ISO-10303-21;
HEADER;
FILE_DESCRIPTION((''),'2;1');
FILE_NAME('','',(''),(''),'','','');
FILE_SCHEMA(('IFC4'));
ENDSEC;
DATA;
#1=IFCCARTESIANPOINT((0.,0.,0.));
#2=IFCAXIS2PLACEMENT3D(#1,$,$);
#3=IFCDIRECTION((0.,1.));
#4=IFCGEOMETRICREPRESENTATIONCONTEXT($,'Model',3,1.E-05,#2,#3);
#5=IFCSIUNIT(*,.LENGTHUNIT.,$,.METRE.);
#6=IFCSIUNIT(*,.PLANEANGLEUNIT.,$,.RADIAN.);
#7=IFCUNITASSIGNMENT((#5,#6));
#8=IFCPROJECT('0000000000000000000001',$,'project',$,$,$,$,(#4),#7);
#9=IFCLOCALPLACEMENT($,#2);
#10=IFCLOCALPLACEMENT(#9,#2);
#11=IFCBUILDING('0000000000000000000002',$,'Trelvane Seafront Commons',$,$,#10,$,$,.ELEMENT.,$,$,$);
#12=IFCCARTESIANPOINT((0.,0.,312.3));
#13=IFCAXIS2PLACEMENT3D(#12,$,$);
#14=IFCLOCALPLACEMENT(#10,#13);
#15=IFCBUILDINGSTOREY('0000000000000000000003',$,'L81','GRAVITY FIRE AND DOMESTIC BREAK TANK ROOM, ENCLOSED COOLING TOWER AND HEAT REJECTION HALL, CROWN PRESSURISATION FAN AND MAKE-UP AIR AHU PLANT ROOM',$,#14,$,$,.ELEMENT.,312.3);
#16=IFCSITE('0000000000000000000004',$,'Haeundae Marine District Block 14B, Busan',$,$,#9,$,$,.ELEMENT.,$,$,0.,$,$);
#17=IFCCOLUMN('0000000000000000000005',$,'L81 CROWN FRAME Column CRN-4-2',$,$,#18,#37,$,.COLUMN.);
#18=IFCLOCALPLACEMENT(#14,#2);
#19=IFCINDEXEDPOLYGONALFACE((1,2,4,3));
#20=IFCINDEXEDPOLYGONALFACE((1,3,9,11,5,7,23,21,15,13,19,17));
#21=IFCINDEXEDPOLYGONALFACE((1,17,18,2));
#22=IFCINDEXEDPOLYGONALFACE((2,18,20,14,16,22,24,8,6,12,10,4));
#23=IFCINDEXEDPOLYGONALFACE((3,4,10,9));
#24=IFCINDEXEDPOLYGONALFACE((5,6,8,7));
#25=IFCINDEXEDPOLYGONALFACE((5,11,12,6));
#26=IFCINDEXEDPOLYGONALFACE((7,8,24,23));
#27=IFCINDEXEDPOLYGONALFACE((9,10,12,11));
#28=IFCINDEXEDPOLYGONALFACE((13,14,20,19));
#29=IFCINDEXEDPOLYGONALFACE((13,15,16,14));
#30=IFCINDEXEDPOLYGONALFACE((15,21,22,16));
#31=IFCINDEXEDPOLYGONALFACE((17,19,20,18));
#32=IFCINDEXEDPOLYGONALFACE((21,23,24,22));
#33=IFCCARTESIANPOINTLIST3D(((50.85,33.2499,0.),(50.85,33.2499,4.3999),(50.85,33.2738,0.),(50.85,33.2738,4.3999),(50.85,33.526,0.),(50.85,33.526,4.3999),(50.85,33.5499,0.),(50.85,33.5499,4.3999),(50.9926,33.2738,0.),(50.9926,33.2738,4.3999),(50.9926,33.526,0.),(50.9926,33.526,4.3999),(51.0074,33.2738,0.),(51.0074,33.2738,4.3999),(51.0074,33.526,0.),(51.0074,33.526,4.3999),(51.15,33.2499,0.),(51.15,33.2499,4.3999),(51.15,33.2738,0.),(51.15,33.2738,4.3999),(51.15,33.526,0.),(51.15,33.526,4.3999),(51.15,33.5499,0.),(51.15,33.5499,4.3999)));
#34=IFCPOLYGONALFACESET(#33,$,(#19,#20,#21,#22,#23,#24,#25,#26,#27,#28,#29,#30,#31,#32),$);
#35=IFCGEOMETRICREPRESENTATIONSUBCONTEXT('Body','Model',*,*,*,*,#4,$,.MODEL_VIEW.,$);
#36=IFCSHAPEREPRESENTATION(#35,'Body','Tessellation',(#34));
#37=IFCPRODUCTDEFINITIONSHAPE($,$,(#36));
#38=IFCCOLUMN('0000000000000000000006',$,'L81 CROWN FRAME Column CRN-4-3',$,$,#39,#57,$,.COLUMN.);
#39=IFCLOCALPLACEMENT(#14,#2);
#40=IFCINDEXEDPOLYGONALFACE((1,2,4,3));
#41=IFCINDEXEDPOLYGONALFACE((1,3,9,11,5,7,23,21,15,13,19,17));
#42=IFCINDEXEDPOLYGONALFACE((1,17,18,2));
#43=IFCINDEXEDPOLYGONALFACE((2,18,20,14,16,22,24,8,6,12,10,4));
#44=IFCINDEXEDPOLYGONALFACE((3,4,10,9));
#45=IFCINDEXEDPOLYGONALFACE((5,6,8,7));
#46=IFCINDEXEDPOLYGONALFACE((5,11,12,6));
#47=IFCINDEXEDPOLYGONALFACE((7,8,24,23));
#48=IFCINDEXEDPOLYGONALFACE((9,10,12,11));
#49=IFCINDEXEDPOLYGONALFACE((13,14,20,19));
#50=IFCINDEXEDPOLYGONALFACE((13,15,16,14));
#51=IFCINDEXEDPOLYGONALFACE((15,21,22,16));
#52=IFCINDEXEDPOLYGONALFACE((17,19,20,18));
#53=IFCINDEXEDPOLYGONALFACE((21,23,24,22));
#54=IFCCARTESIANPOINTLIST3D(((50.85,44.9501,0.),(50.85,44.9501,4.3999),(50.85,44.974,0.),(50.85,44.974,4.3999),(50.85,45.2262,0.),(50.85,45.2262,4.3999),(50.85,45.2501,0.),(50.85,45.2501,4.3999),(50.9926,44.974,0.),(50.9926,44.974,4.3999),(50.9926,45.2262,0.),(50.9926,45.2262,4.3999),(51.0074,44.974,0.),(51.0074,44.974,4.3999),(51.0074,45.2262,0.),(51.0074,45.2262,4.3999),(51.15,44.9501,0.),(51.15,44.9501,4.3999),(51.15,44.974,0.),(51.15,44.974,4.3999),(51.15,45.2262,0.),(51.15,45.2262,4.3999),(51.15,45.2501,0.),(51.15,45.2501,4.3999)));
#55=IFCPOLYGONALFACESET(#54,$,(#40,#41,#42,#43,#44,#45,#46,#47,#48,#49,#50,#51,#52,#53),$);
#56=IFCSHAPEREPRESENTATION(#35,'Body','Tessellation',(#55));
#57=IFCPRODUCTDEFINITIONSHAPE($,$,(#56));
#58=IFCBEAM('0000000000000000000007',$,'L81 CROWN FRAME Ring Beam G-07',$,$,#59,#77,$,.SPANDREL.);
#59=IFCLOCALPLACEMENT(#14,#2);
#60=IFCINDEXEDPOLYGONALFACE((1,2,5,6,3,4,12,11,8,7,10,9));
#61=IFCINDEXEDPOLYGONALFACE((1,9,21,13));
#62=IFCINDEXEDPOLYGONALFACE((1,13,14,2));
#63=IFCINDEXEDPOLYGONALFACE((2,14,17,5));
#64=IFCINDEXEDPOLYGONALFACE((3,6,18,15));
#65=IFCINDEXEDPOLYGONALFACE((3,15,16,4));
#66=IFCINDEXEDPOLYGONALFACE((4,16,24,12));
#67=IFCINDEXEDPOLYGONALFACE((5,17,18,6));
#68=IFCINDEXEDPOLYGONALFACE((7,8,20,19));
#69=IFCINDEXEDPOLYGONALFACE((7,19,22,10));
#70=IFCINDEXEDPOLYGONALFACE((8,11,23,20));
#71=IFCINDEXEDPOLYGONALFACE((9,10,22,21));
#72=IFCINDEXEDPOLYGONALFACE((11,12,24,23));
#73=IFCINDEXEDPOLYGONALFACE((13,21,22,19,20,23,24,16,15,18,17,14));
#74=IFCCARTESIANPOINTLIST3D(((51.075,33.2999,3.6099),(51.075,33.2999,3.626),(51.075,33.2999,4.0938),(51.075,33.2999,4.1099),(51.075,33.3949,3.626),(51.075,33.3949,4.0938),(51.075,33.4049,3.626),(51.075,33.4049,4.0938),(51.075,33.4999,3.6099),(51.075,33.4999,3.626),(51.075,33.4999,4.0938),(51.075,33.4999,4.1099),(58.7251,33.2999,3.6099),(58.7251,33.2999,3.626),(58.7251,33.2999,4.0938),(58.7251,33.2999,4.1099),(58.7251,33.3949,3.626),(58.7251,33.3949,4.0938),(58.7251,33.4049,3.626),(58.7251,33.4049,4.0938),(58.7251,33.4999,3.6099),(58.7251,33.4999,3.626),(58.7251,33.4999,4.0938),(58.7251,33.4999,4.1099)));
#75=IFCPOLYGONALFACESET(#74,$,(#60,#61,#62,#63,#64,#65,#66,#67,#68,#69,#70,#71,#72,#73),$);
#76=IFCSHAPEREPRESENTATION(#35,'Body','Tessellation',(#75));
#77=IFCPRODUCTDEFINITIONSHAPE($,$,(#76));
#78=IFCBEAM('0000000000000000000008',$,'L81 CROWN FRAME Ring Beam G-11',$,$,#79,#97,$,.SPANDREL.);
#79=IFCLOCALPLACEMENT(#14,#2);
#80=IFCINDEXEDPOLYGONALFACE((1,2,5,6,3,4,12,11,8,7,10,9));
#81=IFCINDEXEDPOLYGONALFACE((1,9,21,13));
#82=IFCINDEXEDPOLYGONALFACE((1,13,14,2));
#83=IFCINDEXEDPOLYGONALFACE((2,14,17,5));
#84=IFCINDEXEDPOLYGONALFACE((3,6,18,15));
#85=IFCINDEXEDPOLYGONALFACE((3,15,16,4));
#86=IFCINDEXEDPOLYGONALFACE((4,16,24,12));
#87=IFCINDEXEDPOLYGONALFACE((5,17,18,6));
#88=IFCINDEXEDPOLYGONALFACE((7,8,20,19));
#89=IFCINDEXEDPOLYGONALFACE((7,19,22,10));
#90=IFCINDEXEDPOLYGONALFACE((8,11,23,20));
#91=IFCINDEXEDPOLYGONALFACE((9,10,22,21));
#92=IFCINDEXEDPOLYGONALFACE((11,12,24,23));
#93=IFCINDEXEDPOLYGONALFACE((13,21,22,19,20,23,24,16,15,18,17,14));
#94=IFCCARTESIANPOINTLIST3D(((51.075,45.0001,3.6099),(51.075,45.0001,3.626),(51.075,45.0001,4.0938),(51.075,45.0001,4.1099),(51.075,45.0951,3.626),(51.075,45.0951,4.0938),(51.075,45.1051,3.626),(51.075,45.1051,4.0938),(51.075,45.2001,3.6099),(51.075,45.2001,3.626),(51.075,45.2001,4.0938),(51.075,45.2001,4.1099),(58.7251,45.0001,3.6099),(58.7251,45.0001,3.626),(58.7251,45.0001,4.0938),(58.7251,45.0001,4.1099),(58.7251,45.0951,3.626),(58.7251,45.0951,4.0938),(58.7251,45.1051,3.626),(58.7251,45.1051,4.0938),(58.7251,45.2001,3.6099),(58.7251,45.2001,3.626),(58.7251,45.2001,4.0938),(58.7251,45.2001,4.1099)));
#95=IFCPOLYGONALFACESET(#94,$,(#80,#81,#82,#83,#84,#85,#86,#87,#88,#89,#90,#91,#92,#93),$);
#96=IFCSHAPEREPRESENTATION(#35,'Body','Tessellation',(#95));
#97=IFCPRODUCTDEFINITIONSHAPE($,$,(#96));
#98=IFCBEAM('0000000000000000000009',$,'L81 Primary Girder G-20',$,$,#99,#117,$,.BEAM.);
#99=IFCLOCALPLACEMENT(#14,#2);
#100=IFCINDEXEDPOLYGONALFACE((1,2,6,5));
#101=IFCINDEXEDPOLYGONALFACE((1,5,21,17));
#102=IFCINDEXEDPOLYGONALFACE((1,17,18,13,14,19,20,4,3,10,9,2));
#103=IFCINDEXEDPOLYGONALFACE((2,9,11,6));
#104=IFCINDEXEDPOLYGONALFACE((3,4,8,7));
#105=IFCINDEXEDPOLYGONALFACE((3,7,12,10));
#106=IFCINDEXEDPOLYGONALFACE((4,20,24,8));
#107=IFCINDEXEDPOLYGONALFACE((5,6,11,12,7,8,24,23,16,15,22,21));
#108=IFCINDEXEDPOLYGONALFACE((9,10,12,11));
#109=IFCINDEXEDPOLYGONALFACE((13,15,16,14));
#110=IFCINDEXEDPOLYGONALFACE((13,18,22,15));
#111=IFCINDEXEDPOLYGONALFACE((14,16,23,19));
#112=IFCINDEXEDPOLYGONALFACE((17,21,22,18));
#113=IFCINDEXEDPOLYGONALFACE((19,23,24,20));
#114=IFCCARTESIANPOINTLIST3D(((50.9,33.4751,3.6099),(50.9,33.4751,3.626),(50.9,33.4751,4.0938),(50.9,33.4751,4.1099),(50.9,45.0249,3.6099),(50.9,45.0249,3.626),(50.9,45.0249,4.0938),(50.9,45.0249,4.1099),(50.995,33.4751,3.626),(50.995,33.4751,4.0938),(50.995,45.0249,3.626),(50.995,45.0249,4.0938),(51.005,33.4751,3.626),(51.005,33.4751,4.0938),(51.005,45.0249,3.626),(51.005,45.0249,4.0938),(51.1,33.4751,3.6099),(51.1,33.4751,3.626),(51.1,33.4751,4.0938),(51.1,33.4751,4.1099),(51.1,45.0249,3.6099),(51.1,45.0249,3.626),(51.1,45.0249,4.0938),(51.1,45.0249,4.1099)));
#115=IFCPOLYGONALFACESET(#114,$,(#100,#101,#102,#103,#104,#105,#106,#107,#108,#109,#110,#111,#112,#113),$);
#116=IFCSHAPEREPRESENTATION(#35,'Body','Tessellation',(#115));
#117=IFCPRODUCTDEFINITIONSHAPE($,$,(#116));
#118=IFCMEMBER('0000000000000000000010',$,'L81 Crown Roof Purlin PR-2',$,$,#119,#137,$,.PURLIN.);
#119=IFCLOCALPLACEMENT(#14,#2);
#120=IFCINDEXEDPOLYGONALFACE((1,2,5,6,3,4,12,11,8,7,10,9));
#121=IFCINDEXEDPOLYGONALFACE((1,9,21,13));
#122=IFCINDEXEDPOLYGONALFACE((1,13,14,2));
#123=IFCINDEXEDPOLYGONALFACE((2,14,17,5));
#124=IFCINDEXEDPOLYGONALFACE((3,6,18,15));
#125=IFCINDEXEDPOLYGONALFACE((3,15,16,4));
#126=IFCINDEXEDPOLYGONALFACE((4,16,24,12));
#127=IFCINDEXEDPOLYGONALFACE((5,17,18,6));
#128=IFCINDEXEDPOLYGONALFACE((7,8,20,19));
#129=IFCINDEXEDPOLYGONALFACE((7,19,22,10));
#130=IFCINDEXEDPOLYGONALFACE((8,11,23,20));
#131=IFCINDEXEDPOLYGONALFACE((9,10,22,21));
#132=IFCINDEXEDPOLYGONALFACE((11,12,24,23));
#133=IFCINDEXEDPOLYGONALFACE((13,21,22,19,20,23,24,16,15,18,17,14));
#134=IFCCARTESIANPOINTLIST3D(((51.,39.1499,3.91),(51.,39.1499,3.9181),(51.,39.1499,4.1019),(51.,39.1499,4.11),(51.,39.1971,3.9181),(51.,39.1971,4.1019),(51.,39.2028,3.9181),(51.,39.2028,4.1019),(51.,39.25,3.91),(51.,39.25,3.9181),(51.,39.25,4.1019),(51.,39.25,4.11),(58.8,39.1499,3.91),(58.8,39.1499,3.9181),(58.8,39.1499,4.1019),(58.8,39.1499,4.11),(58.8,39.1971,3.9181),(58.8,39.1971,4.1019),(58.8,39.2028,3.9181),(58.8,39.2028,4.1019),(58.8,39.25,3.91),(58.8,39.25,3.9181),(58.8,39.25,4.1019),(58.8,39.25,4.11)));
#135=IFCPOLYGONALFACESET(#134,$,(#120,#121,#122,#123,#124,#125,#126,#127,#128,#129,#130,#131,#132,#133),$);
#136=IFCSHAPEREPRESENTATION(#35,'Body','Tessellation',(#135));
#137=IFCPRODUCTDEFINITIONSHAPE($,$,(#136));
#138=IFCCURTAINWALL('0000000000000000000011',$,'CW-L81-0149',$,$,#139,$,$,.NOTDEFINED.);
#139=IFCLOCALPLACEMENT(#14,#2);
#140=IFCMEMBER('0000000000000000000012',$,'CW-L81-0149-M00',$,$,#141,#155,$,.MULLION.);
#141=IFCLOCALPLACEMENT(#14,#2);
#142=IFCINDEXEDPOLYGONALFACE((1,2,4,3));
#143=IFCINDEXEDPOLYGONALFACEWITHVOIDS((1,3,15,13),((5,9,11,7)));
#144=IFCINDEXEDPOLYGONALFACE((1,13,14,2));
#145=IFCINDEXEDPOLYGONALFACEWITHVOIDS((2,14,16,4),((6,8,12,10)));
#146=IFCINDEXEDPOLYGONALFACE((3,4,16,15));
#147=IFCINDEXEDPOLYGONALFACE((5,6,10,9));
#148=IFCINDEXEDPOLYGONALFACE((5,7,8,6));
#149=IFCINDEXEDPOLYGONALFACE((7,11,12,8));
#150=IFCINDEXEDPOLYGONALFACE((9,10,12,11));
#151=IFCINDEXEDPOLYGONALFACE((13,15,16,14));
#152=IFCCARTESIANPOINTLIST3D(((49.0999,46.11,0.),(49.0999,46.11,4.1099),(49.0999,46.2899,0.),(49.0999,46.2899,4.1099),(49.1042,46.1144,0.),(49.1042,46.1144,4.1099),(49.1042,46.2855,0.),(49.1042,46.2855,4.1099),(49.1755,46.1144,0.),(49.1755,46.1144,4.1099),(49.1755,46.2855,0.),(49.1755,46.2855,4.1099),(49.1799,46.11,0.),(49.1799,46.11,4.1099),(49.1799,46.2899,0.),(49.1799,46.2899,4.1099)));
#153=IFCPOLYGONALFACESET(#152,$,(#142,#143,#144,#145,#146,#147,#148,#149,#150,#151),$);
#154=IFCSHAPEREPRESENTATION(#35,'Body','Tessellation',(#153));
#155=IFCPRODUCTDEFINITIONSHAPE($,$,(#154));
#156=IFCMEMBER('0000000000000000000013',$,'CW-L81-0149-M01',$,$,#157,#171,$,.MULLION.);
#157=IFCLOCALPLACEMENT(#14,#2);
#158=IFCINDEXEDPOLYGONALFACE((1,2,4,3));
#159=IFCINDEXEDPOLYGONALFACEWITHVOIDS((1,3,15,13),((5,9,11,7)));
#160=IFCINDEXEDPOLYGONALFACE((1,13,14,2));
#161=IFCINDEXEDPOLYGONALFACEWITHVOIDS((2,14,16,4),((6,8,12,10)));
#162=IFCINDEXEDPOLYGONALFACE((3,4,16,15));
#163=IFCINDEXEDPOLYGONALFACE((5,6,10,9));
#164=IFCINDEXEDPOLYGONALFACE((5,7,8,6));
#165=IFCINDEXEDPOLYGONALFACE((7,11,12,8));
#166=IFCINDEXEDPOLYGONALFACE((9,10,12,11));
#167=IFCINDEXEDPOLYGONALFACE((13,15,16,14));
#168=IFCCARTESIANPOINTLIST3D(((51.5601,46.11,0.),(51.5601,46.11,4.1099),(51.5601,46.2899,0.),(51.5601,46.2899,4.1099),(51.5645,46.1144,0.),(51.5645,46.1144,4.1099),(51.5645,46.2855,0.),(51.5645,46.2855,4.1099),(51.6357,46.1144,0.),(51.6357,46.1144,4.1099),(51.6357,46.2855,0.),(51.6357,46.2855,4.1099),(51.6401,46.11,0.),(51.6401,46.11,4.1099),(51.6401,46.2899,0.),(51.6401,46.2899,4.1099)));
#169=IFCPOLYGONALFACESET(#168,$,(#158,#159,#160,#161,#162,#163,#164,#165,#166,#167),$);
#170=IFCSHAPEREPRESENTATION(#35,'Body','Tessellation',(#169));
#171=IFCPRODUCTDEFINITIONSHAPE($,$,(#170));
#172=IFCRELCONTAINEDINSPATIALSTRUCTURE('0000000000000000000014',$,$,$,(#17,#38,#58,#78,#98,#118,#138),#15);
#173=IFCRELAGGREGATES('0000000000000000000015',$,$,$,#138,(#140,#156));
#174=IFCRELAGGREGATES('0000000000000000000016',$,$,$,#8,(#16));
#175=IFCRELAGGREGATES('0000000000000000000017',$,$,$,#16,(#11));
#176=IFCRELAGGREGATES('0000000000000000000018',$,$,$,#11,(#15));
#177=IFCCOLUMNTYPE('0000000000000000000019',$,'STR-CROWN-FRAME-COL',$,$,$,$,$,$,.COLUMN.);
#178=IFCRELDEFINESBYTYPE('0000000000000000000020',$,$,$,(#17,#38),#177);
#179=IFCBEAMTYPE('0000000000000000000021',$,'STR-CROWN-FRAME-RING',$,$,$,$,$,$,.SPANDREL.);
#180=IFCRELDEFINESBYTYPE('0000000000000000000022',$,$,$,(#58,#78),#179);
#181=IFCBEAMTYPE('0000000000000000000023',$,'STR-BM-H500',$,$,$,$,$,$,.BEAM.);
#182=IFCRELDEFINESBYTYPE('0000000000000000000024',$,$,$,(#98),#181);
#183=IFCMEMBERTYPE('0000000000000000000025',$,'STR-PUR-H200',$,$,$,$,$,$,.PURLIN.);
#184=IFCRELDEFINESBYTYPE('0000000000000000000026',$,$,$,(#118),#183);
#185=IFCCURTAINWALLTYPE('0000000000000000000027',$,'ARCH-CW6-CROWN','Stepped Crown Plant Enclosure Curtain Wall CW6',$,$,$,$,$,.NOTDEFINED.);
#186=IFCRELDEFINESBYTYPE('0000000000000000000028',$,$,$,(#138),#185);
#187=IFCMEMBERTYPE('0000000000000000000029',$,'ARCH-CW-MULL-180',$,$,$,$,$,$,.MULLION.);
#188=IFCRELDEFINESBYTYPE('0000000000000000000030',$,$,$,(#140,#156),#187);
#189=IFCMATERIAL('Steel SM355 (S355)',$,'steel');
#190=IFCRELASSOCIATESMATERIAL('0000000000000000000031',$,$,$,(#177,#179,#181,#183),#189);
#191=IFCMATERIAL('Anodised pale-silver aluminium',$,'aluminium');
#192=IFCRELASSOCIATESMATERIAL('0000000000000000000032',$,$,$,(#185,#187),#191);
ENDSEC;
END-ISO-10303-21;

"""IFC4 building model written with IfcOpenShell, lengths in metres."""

from ifc_helpers import new_model, si_unit, direction, frame, origin, origin_2d, place, context, subcontext, project, spatial, hollow_rectangle, i_section, extrude, source, transform, mapped, material, material_profile, profile_set, type_object, element, aggregate, save


model = new_model("IFC4")

# Units and contexts
model_context = context("Model", 3, precision=1e-05, world=origin(), true_north=direction((0.0, 1.0)))
body_context = subcontext(model_context, "Body", "Model", "MODEL_VIEW")
ifc_project = project(units=[si_unit("LENGTHUNIT", "METRE"), si_unit("PLANEANGLEUNIT", "RADIAN")], contexts=[model_context])

# Site, building, storey
site_placement = place(None, origin())
site = spatial("IfcSite", under=ifc_project, at=site_placement, Name="Haeundae Marine District Block 14B, Busan", CompositionType="ELEMENT", RefElevation=0.0)
building_placement = place(site_placement, origin())
building = spatial("IfcBuilding", under=site, at=building_placement, Name="Trelvane Seafront Commons", CompositionType="ELEMENT")
storey_placement = place(building_placement, frame((0.0, 0.0, 312.3)))
storey = spatial("IfcBuildingStorey", under=building, at=storey_placement, Name="L81", Description="GRAVITY FIRE AND DOMESTIC BREAK TANK ROOM, ENCLOSED COOLING TOWER AND HEAT REJECTION HALL, CROWN PRESSURISATION FAN AND MAKE-UP AIR AHU PLANT ROOM", CompositionType="ELEMENT", Elevation=312.3)

# Columns
ifc_material_1 = material(Name="Steel SM355 (S355)", Category="steel")
ifc_material_profile_1 = material_profile(ifc_material_1, i_section(OverallWidth=0.3, OverallDepth=0.3, WebThickness=0.0149, FlangeThickness=0.0239, at=origin_2d()), Name="HD-300x300x15x24")
ifc_profile_set_1 = profile_set([ifc_material_profile_1], Name="Steel SM355 (S355)")
column_type = type_object("IfcColumnType", Name="STR-CROWN-FRAME-COL", PredefinedType="COLUMN", material=ifc_profile_set_1)
shared_shape_1 = source(origin(), body_context, "Body", "SweptSolid", [
    extrude(i_section(OverallWidth=0.3, OverallDepth=0.3, WebThickness=0.0149, FlangeThickness=0.0239, at=origin_2d()), origin(), (0.0, 0.0, 1.0), 4.3999),
])
for number, where, z_axis, x_axis, name in (
    (1, (51.0, 33.3999, 0.0), (0.0, 0.0, 1.0), (1.0, 0.0, 0.0), "L81 CROWN FRAME Column CRN-4-2"),
    (2, (51.0, 45.1001, 0.0), (0.0, 0.0, 1.0), (1.0, 0.0, 0.0), "L81 CROWN FRAME Column CRN-4-3"),
):
    element("IfcColumn", number, at=place(storey_placement, frame(where, z_axis=z_axis, x_axis=x_axis)), inside=storey, type_object=column_type, Name=name, PredefinedType="COLUMN", context=body_context, shape_type="MappedRepresentation", body=[
        mapped(shared_shape_1, transform((0.0, 0.0, 0.0), x_axis=(1.0, 0.0, 0.0), y_axis=(0.0, 1.0, 0.0), z_axis=(0.0, 0.0, 1.0), scale=1.0)),
    ])

# Beams
ifc_material_profile_2 = material_profile(ifc_material_1, i_section(OverallWidth=0.2, OverallDepth=0.5, WebThickness=0.01, FlangeThickness=0.0161, at=origin_2d()), Name="H-500x200x10x16")
ifc_profile_set_2 = profile_set([ifc_material_profile_2], Name="Steel SM355 (S355)")
beam_type_1 = type_object("IfcBeamType", Name="STR-CROWN-FRAME-RING", PredefinedType="SPANDREL", material=ifc_profile_set_2)
shared_shape_2 = source(origin(), body_context, "Body", "SweptSolid", [
    extrude(i_section(OverallWidth=0.2, OverallDepth=0.5, WebThickness=0.01, FlangeThickness=0.0161, at=origin_2d()), origin(), (0.0, 0.0, 1.0), 7.6501),
])
for number, where, z_axis, x_axis, name in (
    (3, (51.075, 33.3999, 3.8599), (1.0, 0.0, 0.0), (0.0, 1.0, 0.0), "L81 CROWN FRAME Ring Beam G-07"),
    (4, (51.075, 45.1001, 3.8599), (1.0, 0.0, 0.0), (0.0, 1.0, 0.0), "L81 CROWN FRAME Ring Beam G-11"),
):
    element("IfcBeam", number, at=place(storey_placement, frame(where, z_axis=z_axis, x_axis=x_axis)), inside=storey, type_object=beam_type_1, Name=name, PredefinedType="SPANDREL", context=body_context, shape_type="MappedRepresentation", body=[
        mapped(shared_shape_2, transform((0.0, 0.0, 0.0), x_axis=(1.0, 0.0, 0.0), y_axis=(0.0, 1.0, 0.0), z_axis=(0.0, 0.0, 1.0), scale=1.0)),
    ])
ifc_material_profile_3 = material_profile(ifc_material_1, i_section(OverallWidth=0.2, OverallDepth=0.5, WebThickness=0.01, FlangeThickness=0.0161, at=origin_2d()), Name="H-500x200x10x16")
ifc_profile_set_3 = profile_set([ifc_material_profile_3], Name="Steel SM355 (S355)")
beam_type_2 = type_object("IfcBeamType", Name="STR-BM-H500", PredefinedType="BEAM", material=ifc_profile_set_3)
shared_shape_3 = source(origin(), body_context, "Body", "SweptSolid", [
    extrude(i_section(OverallWidth=0.2, OverallDepth=0.5, WebThickness=0.01, FlangeThickness=0.0161, at=origin_2d()), origin(), (0.0, 0.0, 1.0), 11.5498),
])
beam_placement = place(storey_placement, frame((51.0, 33.4751, 3.8599), z_axis=(0.0, 1.0, 0.0), x_axis=(-1.0, 0.0, 0.0)))
element("IfcBeam", 5, at=beam_placement, inside=storey, type_object=beam_type_2, Name="L81 Primary Girder G-20", PredefinedType="BEAM", context=body_context, shape_type="MappedRepresentation", body=[
    mapped(shared_shape_3, transform((0.0, 0.0, 0.0), x_axis=(1.0, 0.0, 0.0), y_axis=(0.0, 1.0, 0.0), z_axis=(0.0, 0.0, 1.0), scale=1.0)),
])

# Member
ifc_material_profile_4 = material_profile(ifc_material_1, i_section(OverallWidth=0.1001, OverallDepth=0.2, WebThickness=0.0056, FlangeThickness=0.0081, at=origin_2d()), Name="H-200x100x5.5x8")
ifc_profile_set_4 = profile_set([ifc_material_profile_4], Name="Steel SM355 (S355)")
member_type_1 = type_object("IfcMemberType", Name="STR-PUR-H200", PredefinedType="PURLIN", material=ifc_profile_set_4)
shared_shape_4 = source(origin(), body_context, "Body", "SweptSolid", [
    extrude(i_section(OverallWidth=0.1001, OverallDepth=0.2, WebThickness=0.0056, FlangeThickness=0.0081, at=origin_2d()), origin(), (0.0, 0.0, 1.0), 7.8),
])
member_1_placement = place(storey_placement, frame((51.0, 39.2, 4.01), z_axis=(1.0, 0.0, 0.0), x_axis=(0.0, 1.0, 0.0)))
element("IfcMember", 6, at=member_1_placement, inside=storey, type_object=member_type_1, Name="L81 Crown Roof Purlin PR-2", PredefinedType="PURLIN", context=body_context, shape_type="MappedRepresentation", body=[
    mapped(shared_shape_4, transform((0.0, 0.0, 0.0), x_axis=(1.0, 0.0, 0.0), y_axis=(0.0, 1.0, 0.0), z_axis=(0.0, 0.0, 1.0), scale=1.0)),
])

# Curtain wall, members
ifc_material_2 = material(Name="Anodised pale-silver aluminium", Category="aluminium")
curtain_wall_type = type_object("IfcCurtainWallType", Name="ARCH-CW6-CROWN", Description="Stepped Crown Plant Enclosure Curtain Wall CW6", PredefinedType="NOTDEFINED", material=ifc_material_2)
curtain_wall_placement = place(storey_placement, origin())
curtain_wall = element("IfcCurtainWall", 7, at=curtain_wall_placement, inside=storey, type_object=curtain_wall_type, Name="CW-L81-0149", PredefinedType="NOTDEFINED")
ifc_material_profile_5 = material_profile(ifc_material_2, hollow_rectangle(XDim=0.0801, YDim=0.1799, WallThickness=0.0044, at=origin_2d()), Name="MULL-80x180x4.5")
ifc_profile_set_5 = profile_set([ifc_material_profile_5], Name="Anodised pale-silver aluminium")
member_type_2 = type_object("IfcMemberType", Name="ARCH-CW-MULL-180", PredefinedType="MULLION", material=ifc_profile_set_5)
shared_shape_5 = source(origin(), body_context, "Body", "SweptSolid", [
    extrude(hollow_rectangle(XDim=0.0801, YDim=0.1799, WallThickness=0.0044, at=origin_2d()), origin(), (0.0, 0.0, 1.0), 4.1099),
])
member_2_placement = place(storey_placement, frame((49.1399, 46.2, 0.0), z_axis=(0.0, 0.0, 1.0), x_axis=(1.0, 0.0, 0.0)))
member_2 = element("IfcMember", 8, at=member_2_placement, type_object=member_type_2, Name="CW-L81-0149-M00", PredefinedType="MULLION", context=body_context, shape_type="MappedRepresentation", body=[
    mapped(shared_shape_5, transform((0.0, 0.0, 0.0), x_axis=(1.0, 0.0, 0.0), y_axis=(0.0, 1.0, 0.0), z_axis=(0.0, 0.0, 1.0), scale=1.0)),
])
member_3_placement = place(storey_placement, frame((51.6001, 46.2, 0.0), z_axis=(0.0, 0.0, 1.0), x_axis=(1.0, 0.0, 0.0)))
member_3 = element("IfcMember", 9, at=member_3_placement, type_object=member_type_2, Name="CW-L81-0149-M01", PredefinedType="MULLION", context=body_context, shape_type="MappedRepresentation", body=[
    mapped(shared_shape_5, transform((0.0, 0.0, 0.0), x_axis=(1.0, 0.0, 0.0), y_axis=(0.0, 1.0, 0.0), z_axis=(0.0, 0.0, 1.0), scale=1.0)),
])
aggregate(curtain_wall, [member_2, member_3])

save(model, "model.ifc")
